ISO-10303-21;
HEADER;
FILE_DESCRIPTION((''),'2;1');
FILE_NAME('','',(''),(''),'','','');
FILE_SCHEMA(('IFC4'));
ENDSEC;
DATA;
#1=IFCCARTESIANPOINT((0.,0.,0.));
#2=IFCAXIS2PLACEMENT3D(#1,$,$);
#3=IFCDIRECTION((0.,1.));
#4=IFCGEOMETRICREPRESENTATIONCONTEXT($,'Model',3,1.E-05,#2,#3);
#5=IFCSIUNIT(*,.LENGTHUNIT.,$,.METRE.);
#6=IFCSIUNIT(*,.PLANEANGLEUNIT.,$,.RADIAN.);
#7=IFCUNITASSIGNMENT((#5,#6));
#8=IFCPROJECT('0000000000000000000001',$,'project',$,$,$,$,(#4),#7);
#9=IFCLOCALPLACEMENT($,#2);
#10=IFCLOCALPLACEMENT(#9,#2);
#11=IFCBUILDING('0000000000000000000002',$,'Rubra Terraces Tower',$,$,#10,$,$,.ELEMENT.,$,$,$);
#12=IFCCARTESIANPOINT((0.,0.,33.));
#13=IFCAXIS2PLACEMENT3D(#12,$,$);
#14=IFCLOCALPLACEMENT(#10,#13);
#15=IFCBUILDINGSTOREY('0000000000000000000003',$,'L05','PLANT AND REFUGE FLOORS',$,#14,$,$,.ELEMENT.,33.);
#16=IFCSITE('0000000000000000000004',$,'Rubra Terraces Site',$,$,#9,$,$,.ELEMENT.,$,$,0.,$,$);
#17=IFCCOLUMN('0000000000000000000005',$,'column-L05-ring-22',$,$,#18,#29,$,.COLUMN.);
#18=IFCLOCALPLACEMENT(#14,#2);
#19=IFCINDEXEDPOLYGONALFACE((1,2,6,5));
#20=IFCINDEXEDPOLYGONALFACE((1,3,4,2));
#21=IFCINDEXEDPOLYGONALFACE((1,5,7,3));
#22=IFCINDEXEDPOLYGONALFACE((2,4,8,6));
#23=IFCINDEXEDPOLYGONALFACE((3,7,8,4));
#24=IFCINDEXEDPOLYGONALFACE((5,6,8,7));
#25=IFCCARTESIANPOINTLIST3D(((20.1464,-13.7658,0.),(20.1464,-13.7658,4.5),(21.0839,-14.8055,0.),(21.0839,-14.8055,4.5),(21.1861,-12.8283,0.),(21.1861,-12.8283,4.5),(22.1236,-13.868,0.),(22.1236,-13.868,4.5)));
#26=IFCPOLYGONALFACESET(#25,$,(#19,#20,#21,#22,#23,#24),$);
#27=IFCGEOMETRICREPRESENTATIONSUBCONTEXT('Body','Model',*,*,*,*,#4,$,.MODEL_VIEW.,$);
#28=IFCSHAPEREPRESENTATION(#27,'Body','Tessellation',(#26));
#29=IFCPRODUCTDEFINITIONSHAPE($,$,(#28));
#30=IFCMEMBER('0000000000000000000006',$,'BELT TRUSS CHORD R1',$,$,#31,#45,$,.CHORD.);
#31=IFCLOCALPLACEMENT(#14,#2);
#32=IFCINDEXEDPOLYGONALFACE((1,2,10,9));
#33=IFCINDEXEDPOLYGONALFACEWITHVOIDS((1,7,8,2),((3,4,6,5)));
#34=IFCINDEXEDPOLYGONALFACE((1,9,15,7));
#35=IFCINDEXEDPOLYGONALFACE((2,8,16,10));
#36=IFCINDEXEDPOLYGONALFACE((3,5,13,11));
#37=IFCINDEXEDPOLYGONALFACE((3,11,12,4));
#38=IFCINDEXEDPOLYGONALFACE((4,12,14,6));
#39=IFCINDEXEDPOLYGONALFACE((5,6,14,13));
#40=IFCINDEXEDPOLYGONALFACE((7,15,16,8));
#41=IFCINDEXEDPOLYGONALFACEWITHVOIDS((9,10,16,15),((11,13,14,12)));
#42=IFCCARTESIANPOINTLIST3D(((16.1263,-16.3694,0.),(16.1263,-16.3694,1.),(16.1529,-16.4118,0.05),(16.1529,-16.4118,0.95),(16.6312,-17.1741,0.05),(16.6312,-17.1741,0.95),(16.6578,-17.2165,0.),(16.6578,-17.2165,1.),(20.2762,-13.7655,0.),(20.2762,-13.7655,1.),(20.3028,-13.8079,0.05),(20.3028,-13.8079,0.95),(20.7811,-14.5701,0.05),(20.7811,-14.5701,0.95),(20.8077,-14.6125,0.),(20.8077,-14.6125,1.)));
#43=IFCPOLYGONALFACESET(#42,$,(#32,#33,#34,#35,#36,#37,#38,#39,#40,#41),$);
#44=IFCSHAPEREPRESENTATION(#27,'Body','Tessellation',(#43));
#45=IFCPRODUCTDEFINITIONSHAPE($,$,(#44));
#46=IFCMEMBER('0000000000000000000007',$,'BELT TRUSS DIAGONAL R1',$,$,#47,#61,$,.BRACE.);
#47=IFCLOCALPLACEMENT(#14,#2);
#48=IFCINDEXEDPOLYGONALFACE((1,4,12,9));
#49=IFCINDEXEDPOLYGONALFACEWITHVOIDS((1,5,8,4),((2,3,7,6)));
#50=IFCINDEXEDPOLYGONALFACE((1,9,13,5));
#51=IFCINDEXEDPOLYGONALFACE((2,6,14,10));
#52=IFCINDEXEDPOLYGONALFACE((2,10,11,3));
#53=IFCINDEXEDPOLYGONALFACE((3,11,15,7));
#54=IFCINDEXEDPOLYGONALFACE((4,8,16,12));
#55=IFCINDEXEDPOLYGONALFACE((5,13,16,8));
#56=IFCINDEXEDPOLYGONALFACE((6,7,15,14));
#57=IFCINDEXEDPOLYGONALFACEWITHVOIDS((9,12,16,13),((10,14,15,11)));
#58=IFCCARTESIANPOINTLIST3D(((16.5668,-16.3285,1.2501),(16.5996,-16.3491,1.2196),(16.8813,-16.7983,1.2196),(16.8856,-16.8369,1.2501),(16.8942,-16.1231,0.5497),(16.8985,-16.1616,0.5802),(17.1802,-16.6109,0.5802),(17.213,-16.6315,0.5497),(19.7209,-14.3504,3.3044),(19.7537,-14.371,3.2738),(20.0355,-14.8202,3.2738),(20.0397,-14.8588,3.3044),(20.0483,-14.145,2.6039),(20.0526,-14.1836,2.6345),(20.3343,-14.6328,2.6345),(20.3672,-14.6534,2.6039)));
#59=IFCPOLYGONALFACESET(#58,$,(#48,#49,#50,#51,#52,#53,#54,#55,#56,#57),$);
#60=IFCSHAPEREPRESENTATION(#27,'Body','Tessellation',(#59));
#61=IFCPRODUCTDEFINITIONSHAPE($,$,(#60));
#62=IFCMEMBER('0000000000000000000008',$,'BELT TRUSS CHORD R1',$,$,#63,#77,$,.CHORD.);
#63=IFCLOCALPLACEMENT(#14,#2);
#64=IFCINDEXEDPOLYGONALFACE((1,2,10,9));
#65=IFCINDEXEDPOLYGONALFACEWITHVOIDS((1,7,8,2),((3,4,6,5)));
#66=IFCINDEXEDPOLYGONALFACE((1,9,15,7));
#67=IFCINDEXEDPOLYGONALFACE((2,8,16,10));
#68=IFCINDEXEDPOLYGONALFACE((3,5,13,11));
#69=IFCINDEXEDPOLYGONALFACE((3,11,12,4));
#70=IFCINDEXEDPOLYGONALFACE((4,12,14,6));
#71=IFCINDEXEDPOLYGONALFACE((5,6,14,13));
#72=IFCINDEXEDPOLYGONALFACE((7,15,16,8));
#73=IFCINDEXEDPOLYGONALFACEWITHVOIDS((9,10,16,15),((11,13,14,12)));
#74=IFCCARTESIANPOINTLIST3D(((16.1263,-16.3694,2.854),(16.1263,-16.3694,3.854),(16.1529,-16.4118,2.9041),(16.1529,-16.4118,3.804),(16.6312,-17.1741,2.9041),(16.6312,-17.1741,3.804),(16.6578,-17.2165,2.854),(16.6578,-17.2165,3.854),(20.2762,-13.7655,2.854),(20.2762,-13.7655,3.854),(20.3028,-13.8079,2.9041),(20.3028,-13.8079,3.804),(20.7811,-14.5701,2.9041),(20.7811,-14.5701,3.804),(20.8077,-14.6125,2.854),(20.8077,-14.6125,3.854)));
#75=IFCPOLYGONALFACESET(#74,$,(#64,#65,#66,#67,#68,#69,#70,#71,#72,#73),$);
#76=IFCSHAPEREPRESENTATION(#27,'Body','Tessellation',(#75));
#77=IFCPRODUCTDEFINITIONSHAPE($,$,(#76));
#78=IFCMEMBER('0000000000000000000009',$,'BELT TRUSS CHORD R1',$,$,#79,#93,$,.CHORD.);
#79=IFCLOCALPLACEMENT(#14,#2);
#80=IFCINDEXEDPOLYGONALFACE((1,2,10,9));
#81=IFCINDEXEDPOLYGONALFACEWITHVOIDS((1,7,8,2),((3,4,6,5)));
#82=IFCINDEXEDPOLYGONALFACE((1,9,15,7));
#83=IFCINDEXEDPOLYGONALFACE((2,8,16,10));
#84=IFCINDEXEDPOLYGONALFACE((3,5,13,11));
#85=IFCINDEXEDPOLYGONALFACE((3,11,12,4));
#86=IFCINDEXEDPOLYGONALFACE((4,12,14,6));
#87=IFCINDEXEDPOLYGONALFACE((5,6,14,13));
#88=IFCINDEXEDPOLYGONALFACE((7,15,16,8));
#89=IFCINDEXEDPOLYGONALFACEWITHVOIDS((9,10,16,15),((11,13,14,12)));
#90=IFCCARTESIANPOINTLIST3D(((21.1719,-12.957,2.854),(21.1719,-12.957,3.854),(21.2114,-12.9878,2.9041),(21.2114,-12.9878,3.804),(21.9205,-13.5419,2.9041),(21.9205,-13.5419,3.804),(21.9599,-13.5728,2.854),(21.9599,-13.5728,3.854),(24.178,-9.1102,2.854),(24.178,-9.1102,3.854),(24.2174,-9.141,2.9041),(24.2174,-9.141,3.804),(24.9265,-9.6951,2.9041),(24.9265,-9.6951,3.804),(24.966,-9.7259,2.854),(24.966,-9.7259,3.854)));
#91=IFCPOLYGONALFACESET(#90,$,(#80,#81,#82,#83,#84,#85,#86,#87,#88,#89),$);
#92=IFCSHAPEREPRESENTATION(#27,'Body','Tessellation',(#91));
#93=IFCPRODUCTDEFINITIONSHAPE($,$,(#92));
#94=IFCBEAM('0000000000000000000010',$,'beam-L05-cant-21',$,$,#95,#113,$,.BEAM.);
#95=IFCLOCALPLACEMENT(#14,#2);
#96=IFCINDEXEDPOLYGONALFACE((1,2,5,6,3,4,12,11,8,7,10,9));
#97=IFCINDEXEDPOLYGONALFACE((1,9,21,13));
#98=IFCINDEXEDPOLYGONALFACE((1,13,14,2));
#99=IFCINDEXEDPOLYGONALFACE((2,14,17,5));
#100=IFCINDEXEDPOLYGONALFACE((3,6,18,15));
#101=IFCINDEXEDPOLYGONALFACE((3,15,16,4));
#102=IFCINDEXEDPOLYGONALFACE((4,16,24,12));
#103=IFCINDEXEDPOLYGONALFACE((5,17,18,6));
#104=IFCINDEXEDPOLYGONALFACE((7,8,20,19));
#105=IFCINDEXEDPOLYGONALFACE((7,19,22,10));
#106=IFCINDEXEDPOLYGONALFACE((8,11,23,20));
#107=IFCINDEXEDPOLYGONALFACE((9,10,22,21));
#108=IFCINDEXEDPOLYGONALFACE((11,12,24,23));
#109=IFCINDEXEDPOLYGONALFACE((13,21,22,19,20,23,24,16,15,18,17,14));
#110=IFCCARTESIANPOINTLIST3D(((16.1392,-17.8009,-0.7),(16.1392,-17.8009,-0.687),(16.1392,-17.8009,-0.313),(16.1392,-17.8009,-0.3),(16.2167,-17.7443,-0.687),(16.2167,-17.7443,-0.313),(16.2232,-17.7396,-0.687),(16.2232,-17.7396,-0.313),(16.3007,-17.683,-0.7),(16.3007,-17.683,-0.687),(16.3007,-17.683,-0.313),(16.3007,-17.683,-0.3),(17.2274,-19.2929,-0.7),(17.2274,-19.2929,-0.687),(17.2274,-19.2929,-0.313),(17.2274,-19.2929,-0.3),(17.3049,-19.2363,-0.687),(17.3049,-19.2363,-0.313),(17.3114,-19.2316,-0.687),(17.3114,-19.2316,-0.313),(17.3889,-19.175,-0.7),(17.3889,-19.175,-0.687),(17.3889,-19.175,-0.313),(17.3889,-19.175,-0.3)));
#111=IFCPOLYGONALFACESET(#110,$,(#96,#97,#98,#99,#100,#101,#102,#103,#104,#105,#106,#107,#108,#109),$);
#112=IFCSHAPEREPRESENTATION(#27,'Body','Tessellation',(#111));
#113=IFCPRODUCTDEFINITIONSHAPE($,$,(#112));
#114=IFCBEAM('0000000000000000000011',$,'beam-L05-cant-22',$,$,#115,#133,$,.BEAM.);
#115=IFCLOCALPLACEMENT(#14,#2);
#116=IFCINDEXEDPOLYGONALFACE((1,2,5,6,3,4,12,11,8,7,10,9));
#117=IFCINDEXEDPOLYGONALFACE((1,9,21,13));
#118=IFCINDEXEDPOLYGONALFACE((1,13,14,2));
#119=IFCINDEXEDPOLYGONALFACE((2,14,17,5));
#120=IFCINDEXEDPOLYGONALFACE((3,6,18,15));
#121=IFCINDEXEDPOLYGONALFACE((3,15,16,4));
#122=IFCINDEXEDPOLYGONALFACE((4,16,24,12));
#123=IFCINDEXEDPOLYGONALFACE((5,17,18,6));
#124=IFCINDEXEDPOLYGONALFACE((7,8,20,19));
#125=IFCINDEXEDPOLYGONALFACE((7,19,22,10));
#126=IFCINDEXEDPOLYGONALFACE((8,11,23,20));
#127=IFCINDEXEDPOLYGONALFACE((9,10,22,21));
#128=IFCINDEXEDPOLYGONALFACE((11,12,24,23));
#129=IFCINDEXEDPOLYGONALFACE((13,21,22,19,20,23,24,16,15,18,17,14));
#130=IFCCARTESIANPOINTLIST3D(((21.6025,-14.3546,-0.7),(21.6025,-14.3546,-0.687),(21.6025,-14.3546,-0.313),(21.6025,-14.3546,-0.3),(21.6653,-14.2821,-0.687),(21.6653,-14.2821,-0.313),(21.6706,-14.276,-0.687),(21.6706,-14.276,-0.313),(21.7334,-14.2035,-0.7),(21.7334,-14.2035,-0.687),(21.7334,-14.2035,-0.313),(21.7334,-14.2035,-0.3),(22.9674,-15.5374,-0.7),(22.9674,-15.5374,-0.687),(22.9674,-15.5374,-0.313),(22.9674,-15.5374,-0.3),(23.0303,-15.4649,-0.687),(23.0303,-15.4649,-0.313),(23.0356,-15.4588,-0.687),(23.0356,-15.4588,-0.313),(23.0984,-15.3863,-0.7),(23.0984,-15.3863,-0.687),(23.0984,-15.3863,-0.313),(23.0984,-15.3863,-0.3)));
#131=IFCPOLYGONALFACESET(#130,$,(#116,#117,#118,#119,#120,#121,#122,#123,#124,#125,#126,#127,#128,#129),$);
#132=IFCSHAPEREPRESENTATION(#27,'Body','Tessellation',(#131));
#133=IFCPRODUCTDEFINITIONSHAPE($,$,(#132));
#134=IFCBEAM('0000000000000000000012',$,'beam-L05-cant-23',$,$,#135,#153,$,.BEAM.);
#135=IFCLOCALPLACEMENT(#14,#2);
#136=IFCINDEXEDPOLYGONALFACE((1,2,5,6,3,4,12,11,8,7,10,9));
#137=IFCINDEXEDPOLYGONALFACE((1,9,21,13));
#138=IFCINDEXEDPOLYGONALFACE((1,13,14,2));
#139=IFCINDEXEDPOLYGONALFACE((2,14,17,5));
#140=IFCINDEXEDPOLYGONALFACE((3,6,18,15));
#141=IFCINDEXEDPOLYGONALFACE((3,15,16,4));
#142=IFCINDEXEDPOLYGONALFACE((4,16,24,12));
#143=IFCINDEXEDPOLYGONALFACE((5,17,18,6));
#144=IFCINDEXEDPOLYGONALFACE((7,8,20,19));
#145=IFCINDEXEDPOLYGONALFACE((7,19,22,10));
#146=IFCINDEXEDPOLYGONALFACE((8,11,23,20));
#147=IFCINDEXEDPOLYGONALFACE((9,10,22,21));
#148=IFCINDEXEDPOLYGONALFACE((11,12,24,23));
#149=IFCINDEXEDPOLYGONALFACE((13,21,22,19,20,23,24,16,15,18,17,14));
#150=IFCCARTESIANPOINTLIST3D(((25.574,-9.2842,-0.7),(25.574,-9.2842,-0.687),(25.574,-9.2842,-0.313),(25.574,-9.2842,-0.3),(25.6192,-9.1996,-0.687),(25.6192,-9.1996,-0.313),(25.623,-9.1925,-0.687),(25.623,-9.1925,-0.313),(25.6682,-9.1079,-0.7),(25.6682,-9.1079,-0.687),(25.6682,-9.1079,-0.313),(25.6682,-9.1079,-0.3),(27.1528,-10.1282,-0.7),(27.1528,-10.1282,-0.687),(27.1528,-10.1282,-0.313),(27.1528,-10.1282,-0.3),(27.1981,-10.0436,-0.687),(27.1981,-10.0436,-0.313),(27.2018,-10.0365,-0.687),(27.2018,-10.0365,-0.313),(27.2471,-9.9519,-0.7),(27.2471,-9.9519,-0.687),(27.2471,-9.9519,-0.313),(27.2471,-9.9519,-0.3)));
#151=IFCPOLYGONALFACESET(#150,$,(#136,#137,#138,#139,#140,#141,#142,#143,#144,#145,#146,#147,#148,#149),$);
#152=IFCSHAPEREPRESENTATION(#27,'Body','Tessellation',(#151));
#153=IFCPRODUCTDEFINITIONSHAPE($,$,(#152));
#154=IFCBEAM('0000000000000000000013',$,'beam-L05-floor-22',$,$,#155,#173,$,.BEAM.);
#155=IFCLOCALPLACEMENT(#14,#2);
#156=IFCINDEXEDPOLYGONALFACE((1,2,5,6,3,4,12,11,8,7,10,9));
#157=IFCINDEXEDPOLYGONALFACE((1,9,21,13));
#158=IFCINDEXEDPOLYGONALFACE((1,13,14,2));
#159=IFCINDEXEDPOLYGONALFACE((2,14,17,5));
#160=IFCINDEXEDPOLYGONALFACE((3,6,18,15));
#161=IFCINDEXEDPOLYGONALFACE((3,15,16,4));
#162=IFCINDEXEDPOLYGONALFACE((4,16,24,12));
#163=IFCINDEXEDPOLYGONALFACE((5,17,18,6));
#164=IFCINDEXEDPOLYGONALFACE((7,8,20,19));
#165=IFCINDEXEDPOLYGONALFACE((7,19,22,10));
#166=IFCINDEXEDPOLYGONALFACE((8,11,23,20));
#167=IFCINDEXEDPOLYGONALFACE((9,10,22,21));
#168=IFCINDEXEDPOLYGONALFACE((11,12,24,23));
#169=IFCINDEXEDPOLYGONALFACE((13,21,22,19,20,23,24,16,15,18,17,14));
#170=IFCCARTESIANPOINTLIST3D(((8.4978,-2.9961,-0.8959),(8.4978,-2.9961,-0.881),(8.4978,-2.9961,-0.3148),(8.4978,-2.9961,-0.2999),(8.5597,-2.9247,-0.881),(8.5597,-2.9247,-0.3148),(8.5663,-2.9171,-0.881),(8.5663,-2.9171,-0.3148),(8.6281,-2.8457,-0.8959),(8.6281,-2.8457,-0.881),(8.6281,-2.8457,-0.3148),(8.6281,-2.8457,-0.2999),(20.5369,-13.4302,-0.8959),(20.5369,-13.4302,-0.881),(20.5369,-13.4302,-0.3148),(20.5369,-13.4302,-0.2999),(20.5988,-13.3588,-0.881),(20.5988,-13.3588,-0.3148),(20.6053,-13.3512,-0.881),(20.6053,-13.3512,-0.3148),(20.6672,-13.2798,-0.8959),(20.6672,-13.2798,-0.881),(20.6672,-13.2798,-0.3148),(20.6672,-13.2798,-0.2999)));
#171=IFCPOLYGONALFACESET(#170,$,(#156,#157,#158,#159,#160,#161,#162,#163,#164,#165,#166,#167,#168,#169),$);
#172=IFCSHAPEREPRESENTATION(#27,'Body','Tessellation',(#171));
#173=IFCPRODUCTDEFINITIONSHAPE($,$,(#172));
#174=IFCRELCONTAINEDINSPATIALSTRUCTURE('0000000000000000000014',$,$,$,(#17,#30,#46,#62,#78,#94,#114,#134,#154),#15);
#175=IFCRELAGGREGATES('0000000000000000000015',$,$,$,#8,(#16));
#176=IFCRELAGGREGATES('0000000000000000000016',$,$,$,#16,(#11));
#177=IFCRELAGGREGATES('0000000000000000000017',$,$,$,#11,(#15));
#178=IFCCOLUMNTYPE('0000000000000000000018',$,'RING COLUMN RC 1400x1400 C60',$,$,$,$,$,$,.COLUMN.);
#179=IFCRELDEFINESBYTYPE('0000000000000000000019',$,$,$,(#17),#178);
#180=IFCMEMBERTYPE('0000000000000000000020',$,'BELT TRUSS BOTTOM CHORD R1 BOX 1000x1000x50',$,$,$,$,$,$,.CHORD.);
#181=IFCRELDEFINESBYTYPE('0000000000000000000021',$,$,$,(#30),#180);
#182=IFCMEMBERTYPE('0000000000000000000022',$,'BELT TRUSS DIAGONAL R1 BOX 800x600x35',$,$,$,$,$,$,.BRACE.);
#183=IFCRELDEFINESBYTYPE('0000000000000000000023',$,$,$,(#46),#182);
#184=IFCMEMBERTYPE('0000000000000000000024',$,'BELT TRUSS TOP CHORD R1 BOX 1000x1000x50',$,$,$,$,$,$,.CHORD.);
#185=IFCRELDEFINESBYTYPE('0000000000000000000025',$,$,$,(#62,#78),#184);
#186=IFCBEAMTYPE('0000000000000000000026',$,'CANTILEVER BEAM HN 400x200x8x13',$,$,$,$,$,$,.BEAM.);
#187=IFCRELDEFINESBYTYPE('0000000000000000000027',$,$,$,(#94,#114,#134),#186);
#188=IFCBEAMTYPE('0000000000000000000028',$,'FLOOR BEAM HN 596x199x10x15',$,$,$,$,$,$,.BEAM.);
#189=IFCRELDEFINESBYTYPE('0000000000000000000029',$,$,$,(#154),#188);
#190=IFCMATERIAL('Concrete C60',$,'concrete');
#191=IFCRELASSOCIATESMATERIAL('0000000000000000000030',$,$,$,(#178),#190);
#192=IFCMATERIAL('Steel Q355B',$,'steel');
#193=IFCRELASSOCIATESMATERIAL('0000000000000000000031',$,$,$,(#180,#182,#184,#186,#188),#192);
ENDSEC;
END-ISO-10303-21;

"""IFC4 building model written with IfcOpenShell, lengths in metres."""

from ifc_helpers import new_model, si_unit, direction, frame, origin, origin_2d, place, context, subcontext, project, spatial, rectangle, hollow_rectangle, i_section, extrude, material, material_profile, profile_set, type_object, element, save


model = new_model("IFC4")

# Units and contexts
model_context = context("Model", 3, precision=1e-05, world=origin(), true_north=direction((0.0, 1.0)))
body_context = subcontext(model_context, "Body", "Model", "MODEL_VIEW")
ifc_project = project(units=[si_unit("LENGTHUNIT", "METRE"), si_unit("PLANEANGLEUNIT", "RADIAN")], contexts=[model_context])

# Site, building, storey
site_placement = place(None, origin())
site = spatial("IfcSite", under=ifc_project, at=site_placement, Name="Rubra Terraces Site", CompositionType="ELEMENT", RefElevation=0.0)
building_placement = place(site_placement, origin())
building = spatial("IfcBuilding", under=site, at=building_placement, Name="Rubra Terraces Tower", CompositionType="ELEMENT")
storey_placement = place(building_placement, frame((0.0, 0.0, 33.0)))
storey = spatial("IfcBuildingStorey", under=building, at=storey_placement, Name="L05", Description="PLANT AND REFUGE FLOORS", CompositionType="ELEMENT", Elevation=33.0)

# Column
ifc_material_1 = material(Name="Concrete C60", Category="concrete")
ifc_material_profile_1 = material_profile(ifc_material_1, rectangle(XDim=1.3999, YDim=1.3999, at=origin_2d()), Name="RC 1400x1400")
ifc_profile_set_1 = profile_set([ifc_material_profile_1], Name="Concrete C60")
column_type = type_object("IfcColumnType", Name="RING COLUMN RC 1400x1400 C60", PredefinedType="COLUMN", material=ifc_profile_set_1)
column_placement = place(storey_placement, frame((21.135, -13.8169, 0.0), z_axis=(0.0, 0.0, 1.0), x_axis=(0.742676, 0.669651, 0.0)))
element("IfcColumn", 1, at=column_placement, inside=storey, type_object=column_type, Name="column-L05-ring-22", PredefinedType="COLUMN", context=body_context, shape_type="SweptSolid", body=[
    extrude(rectangle(XDim=1.3999, YDim=1.3999, at=origin_2d()), origin(), (0.0, 0.0, 1.0), 4.5),
])

# Members
ifc_material_2 = material(Name="Steel Q355B", Category="steel")
ifc_material_profile_2 = material_profile(ifc_material_2, hollow_rectangle(XDim=1.0, YDim=1.0, WallThickness=0.05, at=origin_2d()), Name="BOX 1000x1000x50")
ifc_profile_set_2 = profile_set([ifc_material_profile_2], Name="Steel Q355B")
member_type_1 = type_object("IfcMemberType", Name="BELT TRUSS BOTTOM CHORD R1 BOX 1000x1000x50", PredefinedType="CHORD", material=ifc_profile_set_2)
member_1_placement = place(storey_placement, frame((16.3921, -16.793, 0.5), z_axis=(0.847051, 0.531512, 0.0), x_axis=(-0.531512, 0.847051, 0.0)))
element("IfcMember", 2, at=member_1_placement, inside=storey, type_object=member_type_1, Name="BELT TRUSS CHORD R1", PredefinedType="CHORD", context=body_context, shape_type="SweptSolid", body=[
    extrude(hollow_rectangle(XDim=1.0, YDim=1.0, WallThickness=0.05, at=origin_2d()), origin(), (0.0, 0.0, 1.0), 4.8992),
])
ifc_material_profile_3 = material_profile(ifc_material_2, hollow_rectangle(XDim=0.6001, YDim=0.8, WallThickness=0.0349, at=origin_2d()), Name="BOX 800x600x35")
ifc_profile_set_3 = profile_set([ifc_material_profile_3], Name="Steel Q355B")
member_type_2 = type_object("IfcMemberType", Name="BELT TRUSS DIAGONAL R1 BOX 800x600x35", PredefinedType="BRACE", material=ifc_profile_set_3)
member_2_placement = place(storey_placement, frame((16.8899, -16.48, 0.8999), z_axis=(0.741763, 0.465188, 0.483102), x_axis=(-0.531301, 0.847183, 0.0)))
element("IfcMember", 3, at=member_2_placement, inside=storey, type_object=member_type_2, Name="BELT TRUSS DIAGONAL R1", PredefinedType="BRACE", context=body_context, shape_type="SweptSolid", body=[
    extrude(hollow_rectangle(XDim=0.6001, YDim=0.8, WallThickness=0.0349, at=origin_2d()), origin(), (0.0, 0.0, 1.0), 4.2522),
])
ifc_material_profile_4 = material_profile(ifc_material_2, hollow_rectangle(XDim=1.0, YDim=1.0, WallThickness=0.05, at=origin_2d()), Name="BOX 1000x1000x50")
ifc_profile_set_4 = profile_set([ifc_material_profile_4], Name="Steel Q355B")
member_type_3 = type_object("IfcMemberType", Name="BELT TRUSS TOP CHORD R1 BOX 1000x1000x50", PredefinedType="CHORD", material=ifc_profile_set_4)
member_3_placement = place(storey_placement, frame((16.3921, -16.793, 3.354), z_axis=(0.847051, 0.531512, 0.0), x_axis=(-0.531512, 0.847051, 0.0)))
element("IfcMember", 4, at=member_3_placement, inside=storey, type_object=member_type_3, Name="BELT TRUSS CHORD R1", PredefinedType="CHORD", context=body_context, shape_type="SweptSolid", body=[
    extrude(hollow_rectangle(XDim=1.0, YDim=1.0, WallThickness=0.05, at=origin_2d()), origin(), (0.0, 0.0, 1.0), 4.8992),
])
member_4_placement = place(storey_placement, frame((21.5659, -13.2649, 3.354), z_axis=(0.615732, 0.787955, 0.0), x_axis=(-0.787955, 0.615732, 0.0)))
element("IfcMember", 5, at=member_4_placement, inside=storey, type_object=member_type_3, Name="BELT TRUSS CHORD R1", PredefinedType="CHORD", context=body_context, shape_type="SweptSolid", body=[
    extrude(hollow_rectangle(XDim=1.0, YDim=1.0, WallThickness=0.05, at=origin_2d()), origin(), (0.0, 0.0, 1.0), 4.8821),
])

# Beams
ifc_material_profile_5 = material_profile(ifc_material_2, i_section(OverallWidth=0.2, OverallDepth=0.3999, WebThickness=0.0081, FlangeThickness=0.0129, at=origin_2d()), Name="HN 400x200x8x13")
ifc_profile_set_5 = profile_set([ifc_material_profile_5], Name="Steel Q355B")
beam_type_1 = type_object("IfcBeamType", Name="CANTILEVER BEAM HN 400x200x8x13", PredefinedType="BEAM", material=ifc_profile_set_5)
beam_1_placement = place(storey_placement, frame((16.22, -17.7419, -0.5), z_axis=(0.589264, -0.807941, 0.0), x_axis=(0.807941, 0.589264, 0.0)))
element("IfcBeam", 6, at=beam_1_placement, inside=storey, type_object=beam_type_1, Name="beam-L05-cant-21", PredefinedType="BEAM", context=body_context, shape_type="SweptSolid", body=[
    extrude(i_section(OverallWidth=0.2, OverallDepth=0.3999, WebThickness=0.0081, FlangeThickness=0.0129, at=origin_2d()), origin(), (0.0, 0.0, 1.0), 1.8467),
])
beam_2_placement = place(storey_placement, frame((21.668, -14.2791, -0.5), z_axis=(0.755725, -0.654889, 0.0), x_axis=(0.654889, 0.755725, 0.0)))
element("IfcBeam", 7, at=beam_2_placement, inside=storey, type_object=beam_type_1, Name="beam-L05-cant-22", PredefinedType="BEAM", context=body_context, shape_type="SweptSolid", body=[
    extrude(i_section(OverallWidth=0.2, OverallDepth=0.3999, WebThickness=0.0081, FlangeThickness=0.0129, at=origin_2d()), origin(), (0.0, 0.0, 1.0), 1.8062),
])
beam_3_placement = place(storey_placement, frame((25.6211, -9.196, -0.5), z_axis=(0.881903, -0.47143, 0.0), x_axis=(0.47143, 0.881903, 0.0)))
element("IfcBeam", 8, at=beam_3_placement, inside=storey, type_object=beam_type_1, Name="beam-L05-cant-23", PredefinedType="BEAM", context=body_context, shape_type="SweptSolid", body=[
    extrude(i_section(OverallWidth=0.2, OverallDepth=0.3999, WebThickness=0.0081, FlangeThickness=0.0129, at=origin_2d()), origin(), (0.0, 0.0, 1.0), 1.7903),
])
ifc_material_profile_6 = material_profile(ifc_material_2, i_section(OverallWidth=0.199, OverallDepth=0.5959, WebThickness=0.01, FlangeThickness=0.0149, at=origin_2d()), Name="HN 596x199x10x15")
ifc_profile_set_6 = profile_set([ifc_material_profile_6], Name="Steel Q355B")
beam_type_2 = type_object("IfcBeamType", Name="FLOOR BEAM HN 596x199x10x15", PredefinedType="BEAM", material=ifc_profile_set_6)
beam_4_placement = place(storey_placement, frame((20.6021, -13.355, -0.5979), z_axis=(-0.755682, 0.654939, 0.0), x_axis=(-0.654939, -0.755682, 0.0)))
element("IfcBeam", 9, at=beam_4_placement, inside=storey, type_object=beam_type_2, Name="beam-L05-floor-22", PredefinedType="BEAM", context=body_context, shape_type="SweptSolid", body=[
    extrude(i_section(OverallWidth=0.199, OverallDepth=0.5959, WebThickness=0.01, FlangeThickness=0.0149, at=origin_2d()), origin(), (0.0, 0.0, 1.0), 15.9314),
])

save(model, "model.ifc")
